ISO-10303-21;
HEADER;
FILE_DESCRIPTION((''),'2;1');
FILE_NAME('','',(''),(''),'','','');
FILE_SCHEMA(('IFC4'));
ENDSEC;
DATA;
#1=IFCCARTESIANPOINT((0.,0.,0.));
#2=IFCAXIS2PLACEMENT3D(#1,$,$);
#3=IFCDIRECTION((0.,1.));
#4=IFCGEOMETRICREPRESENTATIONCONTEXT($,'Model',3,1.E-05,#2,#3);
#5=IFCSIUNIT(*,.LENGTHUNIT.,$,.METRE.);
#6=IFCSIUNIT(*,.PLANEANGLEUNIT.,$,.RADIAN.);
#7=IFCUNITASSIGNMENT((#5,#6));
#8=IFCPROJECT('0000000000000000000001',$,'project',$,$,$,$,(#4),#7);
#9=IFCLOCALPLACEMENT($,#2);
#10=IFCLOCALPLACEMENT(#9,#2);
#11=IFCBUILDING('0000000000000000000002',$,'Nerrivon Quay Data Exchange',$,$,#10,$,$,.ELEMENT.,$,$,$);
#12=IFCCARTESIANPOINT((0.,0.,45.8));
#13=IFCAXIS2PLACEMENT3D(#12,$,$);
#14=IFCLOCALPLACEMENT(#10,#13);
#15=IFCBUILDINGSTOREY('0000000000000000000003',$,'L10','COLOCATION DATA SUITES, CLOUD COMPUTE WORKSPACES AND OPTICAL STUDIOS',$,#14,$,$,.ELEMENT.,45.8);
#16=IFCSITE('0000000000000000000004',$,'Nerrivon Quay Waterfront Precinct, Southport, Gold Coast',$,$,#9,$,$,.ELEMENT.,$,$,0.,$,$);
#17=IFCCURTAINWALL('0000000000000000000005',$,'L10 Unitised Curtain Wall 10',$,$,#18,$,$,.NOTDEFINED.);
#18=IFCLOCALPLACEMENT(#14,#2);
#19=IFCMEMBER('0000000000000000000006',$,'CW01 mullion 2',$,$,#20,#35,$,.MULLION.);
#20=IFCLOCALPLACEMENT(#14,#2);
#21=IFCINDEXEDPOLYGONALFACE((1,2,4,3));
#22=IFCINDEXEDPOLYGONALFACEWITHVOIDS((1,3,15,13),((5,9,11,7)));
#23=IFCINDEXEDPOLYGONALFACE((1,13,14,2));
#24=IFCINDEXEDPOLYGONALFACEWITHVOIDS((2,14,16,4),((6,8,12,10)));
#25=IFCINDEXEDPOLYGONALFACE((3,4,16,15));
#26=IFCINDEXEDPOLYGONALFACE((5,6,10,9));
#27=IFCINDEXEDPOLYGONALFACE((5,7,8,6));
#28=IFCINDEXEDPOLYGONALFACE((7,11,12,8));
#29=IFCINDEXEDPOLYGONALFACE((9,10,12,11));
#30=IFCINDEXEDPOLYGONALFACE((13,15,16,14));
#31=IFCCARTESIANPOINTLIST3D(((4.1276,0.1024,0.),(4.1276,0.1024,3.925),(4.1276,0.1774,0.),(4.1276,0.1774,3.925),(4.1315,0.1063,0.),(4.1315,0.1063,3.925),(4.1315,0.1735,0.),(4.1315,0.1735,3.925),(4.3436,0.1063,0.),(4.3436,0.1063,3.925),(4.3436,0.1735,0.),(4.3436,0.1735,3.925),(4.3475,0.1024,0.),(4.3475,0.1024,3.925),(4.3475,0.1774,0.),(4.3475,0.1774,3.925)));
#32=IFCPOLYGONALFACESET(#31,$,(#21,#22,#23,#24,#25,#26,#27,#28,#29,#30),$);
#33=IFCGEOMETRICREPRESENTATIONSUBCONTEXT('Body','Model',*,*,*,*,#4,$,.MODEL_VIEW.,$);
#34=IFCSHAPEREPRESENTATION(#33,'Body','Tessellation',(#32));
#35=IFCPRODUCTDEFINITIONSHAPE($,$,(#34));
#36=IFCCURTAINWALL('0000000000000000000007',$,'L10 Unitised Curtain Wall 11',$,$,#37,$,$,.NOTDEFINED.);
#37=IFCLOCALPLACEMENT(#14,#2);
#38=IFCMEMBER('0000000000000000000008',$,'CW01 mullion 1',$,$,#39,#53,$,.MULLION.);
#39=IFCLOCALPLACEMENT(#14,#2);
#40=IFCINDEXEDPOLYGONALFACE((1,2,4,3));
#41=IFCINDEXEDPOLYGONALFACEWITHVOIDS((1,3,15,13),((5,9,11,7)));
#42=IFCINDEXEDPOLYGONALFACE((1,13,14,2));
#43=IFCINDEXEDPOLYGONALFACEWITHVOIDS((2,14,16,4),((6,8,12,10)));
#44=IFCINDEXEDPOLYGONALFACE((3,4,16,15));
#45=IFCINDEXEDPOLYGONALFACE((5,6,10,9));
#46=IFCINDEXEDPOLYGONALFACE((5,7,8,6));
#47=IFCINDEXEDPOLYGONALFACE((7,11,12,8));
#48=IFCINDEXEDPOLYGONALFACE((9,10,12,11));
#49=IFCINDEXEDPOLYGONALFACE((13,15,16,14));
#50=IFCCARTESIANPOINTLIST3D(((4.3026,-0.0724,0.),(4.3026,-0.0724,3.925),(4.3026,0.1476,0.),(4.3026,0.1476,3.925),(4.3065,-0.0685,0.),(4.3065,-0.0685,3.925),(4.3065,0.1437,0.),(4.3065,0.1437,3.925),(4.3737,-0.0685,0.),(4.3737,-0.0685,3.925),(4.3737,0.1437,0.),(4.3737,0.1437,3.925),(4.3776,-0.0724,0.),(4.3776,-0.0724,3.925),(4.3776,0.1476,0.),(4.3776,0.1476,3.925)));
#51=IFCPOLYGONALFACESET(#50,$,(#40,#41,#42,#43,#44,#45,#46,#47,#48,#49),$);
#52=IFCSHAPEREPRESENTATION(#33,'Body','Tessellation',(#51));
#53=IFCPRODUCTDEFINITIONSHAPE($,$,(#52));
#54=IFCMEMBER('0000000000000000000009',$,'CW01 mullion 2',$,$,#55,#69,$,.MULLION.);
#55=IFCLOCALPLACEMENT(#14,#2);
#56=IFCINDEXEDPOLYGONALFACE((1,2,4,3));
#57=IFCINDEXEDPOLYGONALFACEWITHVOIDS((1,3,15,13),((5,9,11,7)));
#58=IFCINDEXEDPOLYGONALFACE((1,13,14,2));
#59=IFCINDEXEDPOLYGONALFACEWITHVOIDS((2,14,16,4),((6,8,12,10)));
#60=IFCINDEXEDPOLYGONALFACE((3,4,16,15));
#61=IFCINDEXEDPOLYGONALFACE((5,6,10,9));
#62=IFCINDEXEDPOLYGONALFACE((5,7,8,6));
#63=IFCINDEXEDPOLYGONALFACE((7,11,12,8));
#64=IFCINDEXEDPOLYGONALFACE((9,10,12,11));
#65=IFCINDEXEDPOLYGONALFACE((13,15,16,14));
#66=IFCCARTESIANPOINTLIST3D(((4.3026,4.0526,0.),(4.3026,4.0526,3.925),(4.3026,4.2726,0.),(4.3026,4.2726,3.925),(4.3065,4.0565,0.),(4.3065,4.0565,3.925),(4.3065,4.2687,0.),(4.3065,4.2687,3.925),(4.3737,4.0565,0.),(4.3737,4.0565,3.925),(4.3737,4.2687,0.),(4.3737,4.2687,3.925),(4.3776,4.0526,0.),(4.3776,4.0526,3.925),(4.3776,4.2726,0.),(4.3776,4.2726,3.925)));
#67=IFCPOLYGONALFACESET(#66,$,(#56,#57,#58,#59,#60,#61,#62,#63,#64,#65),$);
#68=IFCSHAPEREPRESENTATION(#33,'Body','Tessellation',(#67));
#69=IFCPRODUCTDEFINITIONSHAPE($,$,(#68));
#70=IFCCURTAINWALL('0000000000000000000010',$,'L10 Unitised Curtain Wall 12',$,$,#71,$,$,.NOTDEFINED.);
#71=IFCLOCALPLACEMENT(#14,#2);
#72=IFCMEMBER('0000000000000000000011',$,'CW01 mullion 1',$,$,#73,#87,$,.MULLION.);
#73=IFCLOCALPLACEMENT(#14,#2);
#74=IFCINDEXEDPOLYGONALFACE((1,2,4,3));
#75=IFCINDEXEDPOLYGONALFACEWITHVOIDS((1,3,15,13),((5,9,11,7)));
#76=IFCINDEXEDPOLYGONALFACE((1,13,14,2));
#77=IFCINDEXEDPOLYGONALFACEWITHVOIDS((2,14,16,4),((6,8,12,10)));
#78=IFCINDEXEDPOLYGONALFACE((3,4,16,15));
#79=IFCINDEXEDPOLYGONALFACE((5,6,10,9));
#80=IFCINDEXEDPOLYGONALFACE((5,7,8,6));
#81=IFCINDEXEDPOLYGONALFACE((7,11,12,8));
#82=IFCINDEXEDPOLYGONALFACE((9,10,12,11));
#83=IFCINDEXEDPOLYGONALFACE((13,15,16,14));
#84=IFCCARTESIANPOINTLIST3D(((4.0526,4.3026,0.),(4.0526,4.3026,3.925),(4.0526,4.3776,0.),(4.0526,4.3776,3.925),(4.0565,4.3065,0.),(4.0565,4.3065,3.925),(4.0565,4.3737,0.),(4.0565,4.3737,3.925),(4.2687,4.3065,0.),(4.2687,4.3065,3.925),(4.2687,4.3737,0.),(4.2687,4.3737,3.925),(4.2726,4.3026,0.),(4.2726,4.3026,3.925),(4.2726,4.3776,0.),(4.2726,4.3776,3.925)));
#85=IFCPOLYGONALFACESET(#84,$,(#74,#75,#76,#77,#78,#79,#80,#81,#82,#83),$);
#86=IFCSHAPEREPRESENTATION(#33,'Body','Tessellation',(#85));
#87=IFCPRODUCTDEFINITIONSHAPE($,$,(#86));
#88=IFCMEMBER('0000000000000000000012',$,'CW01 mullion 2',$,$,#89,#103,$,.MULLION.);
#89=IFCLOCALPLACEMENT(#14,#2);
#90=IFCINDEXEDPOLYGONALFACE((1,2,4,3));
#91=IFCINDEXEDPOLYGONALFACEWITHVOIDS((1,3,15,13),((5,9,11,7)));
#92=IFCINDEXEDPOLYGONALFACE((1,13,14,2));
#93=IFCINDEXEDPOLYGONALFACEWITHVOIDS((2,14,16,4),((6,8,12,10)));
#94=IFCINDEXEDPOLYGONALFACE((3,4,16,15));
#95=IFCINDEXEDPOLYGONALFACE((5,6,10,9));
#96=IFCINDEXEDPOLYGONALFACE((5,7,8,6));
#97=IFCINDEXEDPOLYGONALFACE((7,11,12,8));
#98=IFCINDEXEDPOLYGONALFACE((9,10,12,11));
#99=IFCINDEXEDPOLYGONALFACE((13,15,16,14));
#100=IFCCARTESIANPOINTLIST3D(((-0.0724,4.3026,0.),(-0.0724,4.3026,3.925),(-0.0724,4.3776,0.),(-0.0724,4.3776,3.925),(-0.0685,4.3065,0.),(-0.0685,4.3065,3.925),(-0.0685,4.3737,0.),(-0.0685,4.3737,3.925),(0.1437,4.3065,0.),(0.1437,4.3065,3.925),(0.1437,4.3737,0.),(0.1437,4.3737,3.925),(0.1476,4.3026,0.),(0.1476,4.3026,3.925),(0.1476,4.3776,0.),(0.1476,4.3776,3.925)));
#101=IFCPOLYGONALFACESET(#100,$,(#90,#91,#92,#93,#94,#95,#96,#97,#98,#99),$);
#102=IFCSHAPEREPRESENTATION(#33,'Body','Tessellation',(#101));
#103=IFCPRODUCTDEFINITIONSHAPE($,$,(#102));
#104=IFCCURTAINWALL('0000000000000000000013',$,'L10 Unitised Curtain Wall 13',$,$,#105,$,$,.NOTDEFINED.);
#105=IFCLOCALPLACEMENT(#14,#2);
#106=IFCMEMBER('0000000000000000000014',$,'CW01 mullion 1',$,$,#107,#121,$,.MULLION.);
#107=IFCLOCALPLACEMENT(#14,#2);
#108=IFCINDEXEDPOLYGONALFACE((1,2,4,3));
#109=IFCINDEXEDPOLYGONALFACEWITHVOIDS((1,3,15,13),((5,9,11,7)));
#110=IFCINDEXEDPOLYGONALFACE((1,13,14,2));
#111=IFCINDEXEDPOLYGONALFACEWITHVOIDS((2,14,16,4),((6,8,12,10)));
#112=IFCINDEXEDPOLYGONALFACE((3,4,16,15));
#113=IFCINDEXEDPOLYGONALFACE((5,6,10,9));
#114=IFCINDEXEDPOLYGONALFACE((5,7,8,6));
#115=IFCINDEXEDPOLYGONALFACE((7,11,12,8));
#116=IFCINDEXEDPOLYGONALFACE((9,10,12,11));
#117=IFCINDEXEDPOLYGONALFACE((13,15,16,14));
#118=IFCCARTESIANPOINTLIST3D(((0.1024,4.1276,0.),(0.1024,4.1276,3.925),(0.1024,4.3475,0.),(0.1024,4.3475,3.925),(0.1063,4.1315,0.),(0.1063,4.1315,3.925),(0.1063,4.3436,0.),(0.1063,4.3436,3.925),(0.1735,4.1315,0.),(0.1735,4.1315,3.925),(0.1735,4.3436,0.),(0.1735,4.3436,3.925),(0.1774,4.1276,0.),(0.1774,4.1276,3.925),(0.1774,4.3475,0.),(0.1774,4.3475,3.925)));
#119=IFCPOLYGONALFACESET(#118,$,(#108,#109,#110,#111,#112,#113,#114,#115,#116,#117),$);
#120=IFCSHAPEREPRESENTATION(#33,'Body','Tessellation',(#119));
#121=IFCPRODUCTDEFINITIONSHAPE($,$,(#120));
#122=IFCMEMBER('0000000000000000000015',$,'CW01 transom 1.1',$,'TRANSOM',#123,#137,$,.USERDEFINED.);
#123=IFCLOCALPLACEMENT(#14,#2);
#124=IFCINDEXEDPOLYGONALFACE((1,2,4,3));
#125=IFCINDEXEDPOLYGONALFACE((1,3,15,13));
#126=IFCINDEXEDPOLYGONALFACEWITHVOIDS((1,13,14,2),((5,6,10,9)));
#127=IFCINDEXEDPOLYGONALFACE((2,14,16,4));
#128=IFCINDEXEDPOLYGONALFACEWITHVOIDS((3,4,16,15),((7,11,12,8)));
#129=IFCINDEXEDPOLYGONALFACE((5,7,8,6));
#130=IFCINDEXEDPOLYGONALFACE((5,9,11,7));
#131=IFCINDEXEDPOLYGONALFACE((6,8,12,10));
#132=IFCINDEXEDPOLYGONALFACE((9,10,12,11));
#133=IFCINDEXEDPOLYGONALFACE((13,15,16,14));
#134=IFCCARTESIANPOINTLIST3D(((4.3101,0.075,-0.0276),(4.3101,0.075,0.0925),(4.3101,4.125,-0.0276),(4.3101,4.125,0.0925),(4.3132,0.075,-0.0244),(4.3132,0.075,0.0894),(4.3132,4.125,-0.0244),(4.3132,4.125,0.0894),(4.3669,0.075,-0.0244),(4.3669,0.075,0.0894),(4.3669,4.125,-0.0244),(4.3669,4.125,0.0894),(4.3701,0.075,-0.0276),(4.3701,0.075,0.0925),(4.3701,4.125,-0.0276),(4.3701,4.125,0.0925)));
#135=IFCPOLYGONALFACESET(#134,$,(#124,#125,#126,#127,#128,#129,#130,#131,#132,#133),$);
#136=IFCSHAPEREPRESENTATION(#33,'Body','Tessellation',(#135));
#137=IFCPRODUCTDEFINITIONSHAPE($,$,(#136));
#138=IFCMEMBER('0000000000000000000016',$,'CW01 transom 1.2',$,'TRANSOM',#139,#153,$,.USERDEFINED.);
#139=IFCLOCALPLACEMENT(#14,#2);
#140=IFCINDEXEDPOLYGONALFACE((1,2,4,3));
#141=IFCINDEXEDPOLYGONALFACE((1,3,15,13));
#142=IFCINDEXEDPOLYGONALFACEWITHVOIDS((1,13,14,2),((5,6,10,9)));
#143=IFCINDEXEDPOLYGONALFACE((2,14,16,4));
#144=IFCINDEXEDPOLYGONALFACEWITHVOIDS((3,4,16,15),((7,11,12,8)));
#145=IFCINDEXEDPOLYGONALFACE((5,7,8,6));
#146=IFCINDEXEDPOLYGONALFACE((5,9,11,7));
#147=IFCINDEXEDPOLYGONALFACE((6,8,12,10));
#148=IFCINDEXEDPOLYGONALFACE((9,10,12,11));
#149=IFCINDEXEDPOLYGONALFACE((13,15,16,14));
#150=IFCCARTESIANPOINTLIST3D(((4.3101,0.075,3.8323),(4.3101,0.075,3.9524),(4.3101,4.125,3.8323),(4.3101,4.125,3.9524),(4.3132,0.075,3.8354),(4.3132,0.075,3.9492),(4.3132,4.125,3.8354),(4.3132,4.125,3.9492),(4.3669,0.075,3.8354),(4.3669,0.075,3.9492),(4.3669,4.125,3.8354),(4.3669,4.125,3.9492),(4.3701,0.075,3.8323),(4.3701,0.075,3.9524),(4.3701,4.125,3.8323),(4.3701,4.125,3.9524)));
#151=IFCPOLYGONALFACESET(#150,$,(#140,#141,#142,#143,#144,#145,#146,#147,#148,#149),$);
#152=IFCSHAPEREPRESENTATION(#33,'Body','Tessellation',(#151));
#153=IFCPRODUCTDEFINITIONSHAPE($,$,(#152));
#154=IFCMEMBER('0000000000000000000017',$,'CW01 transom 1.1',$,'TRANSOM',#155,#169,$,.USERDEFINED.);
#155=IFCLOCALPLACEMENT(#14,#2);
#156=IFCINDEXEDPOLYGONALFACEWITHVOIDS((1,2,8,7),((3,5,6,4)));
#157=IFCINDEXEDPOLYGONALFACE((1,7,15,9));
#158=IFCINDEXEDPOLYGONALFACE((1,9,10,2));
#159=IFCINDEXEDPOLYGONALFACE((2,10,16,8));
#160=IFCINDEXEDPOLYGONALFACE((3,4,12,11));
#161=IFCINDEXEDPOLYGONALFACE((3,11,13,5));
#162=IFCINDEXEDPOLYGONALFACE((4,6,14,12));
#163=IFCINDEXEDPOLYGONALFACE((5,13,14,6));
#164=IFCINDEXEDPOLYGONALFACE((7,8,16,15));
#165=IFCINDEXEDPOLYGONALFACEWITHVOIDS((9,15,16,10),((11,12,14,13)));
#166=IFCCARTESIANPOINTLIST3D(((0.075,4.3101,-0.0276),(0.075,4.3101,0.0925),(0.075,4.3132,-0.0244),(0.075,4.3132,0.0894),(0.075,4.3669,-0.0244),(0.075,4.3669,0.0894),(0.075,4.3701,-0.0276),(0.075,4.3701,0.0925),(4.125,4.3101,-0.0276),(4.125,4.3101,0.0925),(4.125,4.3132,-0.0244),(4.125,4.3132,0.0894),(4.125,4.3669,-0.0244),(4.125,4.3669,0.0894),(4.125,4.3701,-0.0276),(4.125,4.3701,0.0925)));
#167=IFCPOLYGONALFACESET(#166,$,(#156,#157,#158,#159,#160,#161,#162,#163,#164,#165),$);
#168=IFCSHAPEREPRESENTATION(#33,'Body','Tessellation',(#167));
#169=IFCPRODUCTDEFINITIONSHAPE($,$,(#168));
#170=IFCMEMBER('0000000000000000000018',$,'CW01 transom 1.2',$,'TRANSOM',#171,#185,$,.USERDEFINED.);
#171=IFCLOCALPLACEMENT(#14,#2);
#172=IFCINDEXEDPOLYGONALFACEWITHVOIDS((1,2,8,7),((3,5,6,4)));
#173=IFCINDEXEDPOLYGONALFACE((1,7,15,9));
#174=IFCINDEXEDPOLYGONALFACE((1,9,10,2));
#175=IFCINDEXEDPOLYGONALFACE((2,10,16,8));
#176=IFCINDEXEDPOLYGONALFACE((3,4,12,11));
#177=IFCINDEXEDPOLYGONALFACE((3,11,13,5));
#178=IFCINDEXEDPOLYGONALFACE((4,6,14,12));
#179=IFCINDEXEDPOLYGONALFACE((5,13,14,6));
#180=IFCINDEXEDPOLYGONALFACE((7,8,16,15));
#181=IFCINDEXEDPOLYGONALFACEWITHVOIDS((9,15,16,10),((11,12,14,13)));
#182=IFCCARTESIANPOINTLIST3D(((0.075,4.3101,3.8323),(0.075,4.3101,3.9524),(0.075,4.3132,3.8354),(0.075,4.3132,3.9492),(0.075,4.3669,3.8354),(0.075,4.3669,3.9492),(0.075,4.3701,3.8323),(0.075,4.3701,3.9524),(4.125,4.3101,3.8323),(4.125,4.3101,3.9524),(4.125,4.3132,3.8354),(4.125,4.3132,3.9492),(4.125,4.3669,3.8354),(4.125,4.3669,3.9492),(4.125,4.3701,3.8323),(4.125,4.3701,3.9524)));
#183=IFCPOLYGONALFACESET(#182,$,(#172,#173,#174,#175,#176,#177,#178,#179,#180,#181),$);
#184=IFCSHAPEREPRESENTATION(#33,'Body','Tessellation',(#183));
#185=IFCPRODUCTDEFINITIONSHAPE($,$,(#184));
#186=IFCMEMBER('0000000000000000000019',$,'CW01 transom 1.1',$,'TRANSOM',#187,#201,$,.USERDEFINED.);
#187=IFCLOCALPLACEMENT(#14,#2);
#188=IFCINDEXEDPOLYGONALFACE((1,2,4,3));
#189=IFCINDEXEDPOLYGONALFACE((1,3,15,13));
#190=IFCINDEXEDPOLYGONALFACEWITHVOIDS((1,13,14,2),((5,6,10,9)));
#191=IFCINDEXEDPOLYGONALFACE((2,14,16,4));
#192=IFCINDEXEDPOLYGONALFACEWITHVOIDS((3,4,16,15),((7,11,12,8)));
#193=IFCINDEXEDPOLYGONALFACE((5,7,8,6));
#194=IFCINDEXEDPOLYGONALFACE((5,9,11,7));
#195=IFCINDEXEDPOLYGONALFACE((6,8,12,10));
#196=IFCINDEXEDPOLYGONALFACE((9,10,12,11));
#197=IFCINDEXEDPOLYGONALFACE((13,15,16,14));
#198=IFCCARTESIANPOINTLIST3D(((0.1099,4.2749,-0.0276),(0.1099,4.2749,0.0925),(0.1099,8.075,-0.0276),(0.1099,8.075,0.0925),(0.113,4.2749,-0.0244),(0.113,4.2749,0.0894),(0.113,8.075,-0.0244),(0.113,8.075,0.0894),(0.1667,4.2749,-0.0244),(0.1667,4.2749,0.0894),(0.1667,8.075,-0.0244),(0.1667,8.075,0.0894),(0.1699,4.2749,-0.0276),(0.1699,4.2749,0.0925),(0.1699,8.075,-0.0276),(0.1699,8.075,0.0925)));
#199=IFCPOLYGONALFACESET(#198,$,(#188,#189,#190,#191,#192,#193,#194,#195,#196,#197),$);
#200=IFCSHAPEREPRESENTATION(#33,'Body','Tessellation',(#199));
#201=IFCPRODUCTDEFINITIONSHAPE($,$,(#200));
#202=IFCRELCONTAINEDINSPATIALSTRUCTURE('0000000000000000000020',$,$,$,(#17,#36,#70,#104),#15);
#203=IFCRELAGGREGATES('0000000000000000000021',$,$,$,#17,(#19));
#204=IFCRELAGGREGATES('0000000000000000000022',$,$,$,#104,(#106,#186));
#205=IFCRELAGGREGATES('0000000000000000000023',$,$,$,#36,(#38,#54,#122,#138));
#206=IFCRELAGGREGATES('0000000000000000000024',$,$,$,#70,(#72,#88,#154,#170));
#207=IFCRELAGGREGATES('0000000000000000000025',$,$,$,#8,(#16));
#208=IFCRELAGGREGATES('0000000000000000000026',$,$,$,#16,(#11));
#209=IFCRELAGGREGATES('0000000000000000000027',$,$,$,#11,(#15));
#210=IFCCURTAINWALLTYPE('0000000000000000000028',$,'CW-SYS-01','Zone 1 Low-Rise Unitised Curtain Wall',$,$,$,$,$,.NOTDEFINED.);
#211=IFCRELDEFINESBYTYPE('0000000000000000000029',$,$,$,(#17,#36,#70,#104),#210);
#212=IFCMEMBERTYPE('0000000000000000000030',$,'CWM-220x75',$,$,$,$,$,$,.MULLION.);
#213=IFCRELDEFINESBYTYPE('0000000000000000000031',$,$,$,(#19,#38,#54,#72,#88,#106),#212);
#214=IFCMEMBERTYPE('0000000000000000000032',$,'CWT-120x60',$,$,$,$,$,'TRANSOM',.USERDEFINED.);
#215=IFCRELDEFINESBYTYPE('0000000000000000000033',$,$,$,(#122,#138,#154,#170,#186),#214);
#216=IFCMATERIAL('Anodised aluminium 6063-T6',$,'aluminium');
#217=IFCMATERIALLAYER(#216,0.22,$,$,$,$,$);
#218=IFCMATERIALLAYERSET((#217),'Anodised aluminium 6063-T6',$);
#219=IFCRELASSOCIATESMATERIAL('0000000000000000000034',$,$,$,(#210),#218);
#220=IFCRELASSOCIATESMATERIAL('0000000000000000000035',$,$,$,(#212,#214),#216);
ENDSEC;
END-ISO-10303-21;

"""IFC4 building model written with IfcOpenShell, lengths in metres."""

from ifc_helpers import new_model, si_unit, direction, frame, origin, origin_2d, place, context, subcontext, project, spatial, hollow_rectangle, extrude, material, layer, layer_set, material_profile, profile_set, type_object, element, aggregate, save


model = new_model("IFC4")

# Units and contexts
model_context = context("Model", 3, precision=1e-05, world=origin(), true_north=direction((0.0, 1.0)))
body_context = subcontext(model_context, "Body", "Model", "MODEL_VIEW")
ifc_project = project(units=[si_unit("LENGTHUNIT", "METRE"), si_unit("PLANEANGLEUNIT", "RADIAN")], contexts=[model_context])

# Site, building, storey
site_placement = place(None, origin())
site = spatial("IfcSite", under=ifc_project, at=site_placement, Name="Nerrivon Quay Waterfront Precinct, Southport, Gold Coast", CompositionType="ELEMENT", RefElevation=0.0)
building_placement = place(site_placement, origin())
building = spatial("IfcBuilding", under=site, at=building_placement, Name="Nerrivon Quay Data Exchange", CompositionType="ELEMENT")
storey_placement = place(building_placement, frame((0.0, 0.0, 45.8)))
storey = spatial("IfcBuildingStorey", under=building, at=storey_placement, Name="L10", Description="COLOCATION DATA SUITES, CLOUD COMPUTE WORKSPACES AND OPTICAL STUDIOS", CompositionType="ELEMENT", Elevation=45.8)

# Curtain wall, member
ifc_material_1 = material(Name="Anodised aluminium 6063-T6", Category="aluminium")
ifc_layer_1 = layer(ifc_material_1, 0.22)
ifc_layer_set_1 = layer_set([ifc_layer_1], Name="Anodised aluminium 6063-T6")
curtain_wall_type = type_object("IfcCurtainWallType", Name="CW-SYS-01", Description="Zone 1 Low-Rise Unitised Curtain Wall", PredefinedType="NOTDEFINED", material=ifc_layer_set_1)
curtain_wall_1_placement = place(storey_placement, origin())
curtain_wall_1 = element("IfcCurtainWall", 1, at=curtain_wall_1_placement, inside=storey, type_object=curtain_wall_type, Name="L10 Unitised Curtain Wall 10", PredefinedType="NOTDEFINED")
ifc_material_profile_1 = material_profile(ifc_material_1, hollow_rectangle(XDim=0.075, YDim=0.22, WallThickness=0.0039, at=origin_2d()), Name="ALU-MULL-220x75")
ifc_profile_set_1 = profile_set([ifc_material_profile_1], Name="Anodised aluminium 6063-T6")
member_type_1 = type_object("IfcMemberType", Name="CWM-220x75", PredefinedType="MULLION", material=ifc_profile_set_1)
member_1_placement = place(storey_placement, frame((4.2375, 0.1399, 0.0), z_axis=(0.0, 0.0, 1.0), x_axis=(0.0, -1.0, 0.0)))
member_1 = element("IfcMember", 2, at=member_1_placement, type_object=member_type_1, Name="CW01 mullion 2", PredefinedType="MULLION", context=body_context, shape_type="SweptSolid", body=[
    extrude(hollow_rectangle(XDim=0.075, YDim=0.22, WallThickness=0.0039, at=origin_2d()), origin(), (0.0, 0.0, 1.0), 3.925),
])
aggregate(curtain_wall_1, [member_1])

# Curtain walls, members
curtain_wall_2_placement = place(storey_placement, origin())
curtain_wall_2 = element("IfcCurtainWall", 3, at=curtain_wall_2_placement, inside=storey, type_object=curtain_wall_type, Name="L10 Unitised Curtain Wall 11", PredefinedType="NOTDEFINED")
member_2_placement = place(storey_placement, frame((4.3401, 0.0376, 0.0), z_axis=(0.0, 0.0, 1.0), x_axis=(-1.0, 0.0, 0.0)))
member_2 = element("IfcMember", 4, at=member_2_placement, type_object=member_type_1, Name="CW01 mullion 1", PredefinedType="MULLION", context=body_context, shape_type="SweptSolid", body=[
    extrude(hollow_rectangle(XDim=0.075, YDim=0.22, WallThickness=0.0039, at=origin_2d()), origin(), (0.0, 0.0, 1.0), 3.925),
])
member_3_placement = place(storey_placement, frame((4.3401, 4.1626, 0.0), z_axis=(0.0, 0.0, 1.0), x_axis=(-1.0, 0.0, 0.0)))
member_3 = element("IfcMember", 5, at=member_3_placement, type_object=member_type_1, Name="CW01 mullion 2", PredefinedType="MULLION", context=body_context, shape_type="SweptSolid", body=[
    extrude(hollow_rectangle(XDim=0.075, YDim=0.22, WallThickness=0.0039, at=origin_2d()), origin(), (0.0, 0.0, 1.0), 3.925),
])
curtain_wall_3_placement = place(storey_placement, origin())
curtain_wall_3 = element("IfcCurtainWall", 6, at=curtain_wall_3_placement, inside=storey, type_object=curtain_wall_type, Name="L10 Unitised Curtain Wall 12", PredefinedType="NOTDEFINED")
member_4_placement = place(storey_placement, frame((4.1626, 4.3401, 0.0), z_axis=(0.0, 0.0, 1.0), x_axis=(0.0, -1.0, 0.0)))
member_4 = element("IfcMember", 7, at=member_4_placement, type_object=member_type_1, Name="CW01 mullion 1", PredefinedType="MULLION", context=body_context, shape_type="SweptSolid", body=[
    extrude(hollow_rectangle(XDim=0.075, YDim=0.22, WallThickness=0.0039, at=origin_2d()), origin(), (0.0, 0.0, 1.0), 3.925),
])
member_5_placement = place(storey_placement, frame((0.0376, 4.3401, 0.0), z_axis=(0.0, 0.0, 1.0), x_axis=(0.0, -1.0, 0.0)))
member_5 = element("IfcMember", 8, at=member_5_placement, type_object=member_type_1, Name="CW01 mullion 2", PredefinedType="MULLION", context=body_context, shape_type="SweptSolid", body=[
    extrude(hollow_rectangle(XDim=0.075, YDim=0.22, WallThickness=0.0039, at=origin_2d()), origin(), (0.0, 0.0, 1.0), 3.925),
])

# Curtain wall, member
curtain_wall_4_placement = place(storey_placement, origin())
curtain_wall_4 = element("IfcCurtainWall", 9, at=curtain_wall_4_placement, inside=storey, type_object=curtain_wall_type, Name="L10 Unitised Curtain Wall 13", PredefinedType="NOTDEFINED")
member_6_placement = place(storey_placement, frame((0.1399, 4.2375, 0.0), z_axis=(0.0, 0.0, 1.0), x_axis=(-1.0, 0.0, 0.0)))
member_6 = element("IfcMember", 10, at=member_6_placement, type_object=member_type_1, Name="CW01 mullion 1", PredefinedType="MULLION", context=body_context, shape_type="SweptSolid", body=[
    extrude(hollow_rectangle(XDim=0.075, YDim=0.22, WallThickness=0.0039, at=origin_2d()), origin(), (0.0, 0.0, 1.0), 3.925),
])

# Members
ifc_material_profile_2 = material_profile(ifc_material_1, hollow_rectangle(XDim=0.0601, YDim=0.1201, WallThickness=0.0032, at=origin_2d()), Name="ALU-TRAN-120x60")
ifc_profile_set_2 = profile_set([ifc_material_profile_2], Name="Anodised aluminium 6063-T6")
member_type_2 = type_object("IfcMemberType", Name="CWT-120x60", ElementType="TRANSOM", PredefinedType="USERDEFINED", material=ifc_profile_set_2)
member_7_placement = place(storey_placement, frame((4.3401, 0.075, 0.0325), z_axis=(0.0, 1.0, 0.0), x_axis=(-1.0, 0.0, 0.0)))
member_7 = element("IfcMember", 11, at=member_7_placement, type_object=member_type_2, Name="CW01 transom 1.1", ObjectType="TRANSOM", PredefinedType="USERDEFINED", context=body_context, shape_type="SweptSolid", body=[
    extrude(hollow_rectangle(XDim=0.0601, YDim=0.1201, WallThickness=0.0032, at=origin_2d()), origin(), (0.0, 0.0, 1.0), 4.05),
])
member_8_placement = place(storey_placement, frame((4.3401, 0.075, 3.8923), z_axis=(0.0, 1.0, 0.0), x_axis=(-1.0, 0.0, 0.0)))
member_8 = element("IfcMember", 12, at=member_8_placement, type_object=member_type_2, Name="CW01 transom 1.2", ObjectType="TRANSOM", PredefinedType="USERDEFINED", context=body_context, shape_type="SweptSolid", body=[
    extrude(hollow_rectangle(XDim=0.0601, YDim=0.1201, WallThickness=0.0032, at=origin_2d()), origin(), (0.0, 0.0, 1.0), 4.05),
])
member_9_placement = place(storey_placement, frame((4.125, 4.3401, 0.0325), z_axis=(-1.0, 0.0, 0.0), x_axis=(0.0, -1.0, 0.0)))
member_9 = element("IfcMember", 13, at=member_9_placement, type_object=member_type_2, Name="CW01 transom 1.1", ObjectType="TRANSOM", PredefinedType="USERDEFINED", context=body_context, shape_type="SweptSolid", body=[
    extrude(hollow_rectangle(XDim=0.0601, YDim=0.1201, WallThickness=0.0032, at=origin_2d()), origin(), (0.0, 0.0, 1.0), 4.05),
])
member_10_placement = place(storey_placement, frame((4.125, 4.3401, 3.8923), z_axis=(-1.0, 0.0, 0.0), x_axis=(0.0, -1.0, 0.0)))
member_10 = element("IfcMember", 14, at=member_10_placement, type_object=member_type_2, Name="CW01 transom 1.2", ObjectType="TRANSOM", PredefinedType="USERDEFINED", context=body_context, shape_type="SweptSolid", body=[
    extrude(hollow_rectangle(XDim=0.0601, YDim=0.1201, WallThickness=0.0032, at=origin_2d()), origin(), (0.0, 0.0, 1.0), 4.05),
])
member_11_placement = place(storey_placement, frame((0.1399, 4.2749, 0.0325), z_axis=(0.0, 1.0, 0.0), x_axis=(-1.0, 0.0, 0.0)))
member_11 = element("IfcMember", 15, at=member_11_placement, type_object=member_type_2, Name="CW01 transom 1.1", ObjectType="TRANSOM", PredefinedType="USERDEFINED", context=body_context, shape_type="SweptSolid", body=[
    extrude(hollow_rectangle(XDim=0.0601, YDim=0.1201, WallThickness=0.0032, at=origin_2d()), origin(), (0.0, 0.0, 1.0), 3.8),
])
aggregate(curtain_wall_4, [member_6, member_11])

aggregate(curtain_wall_2, [member_2, member_3, member_7, member_8])
aggregate(curtain_wall_3, [member_4, member_5, member_9, member_10])

save(model, "model.ifc")
